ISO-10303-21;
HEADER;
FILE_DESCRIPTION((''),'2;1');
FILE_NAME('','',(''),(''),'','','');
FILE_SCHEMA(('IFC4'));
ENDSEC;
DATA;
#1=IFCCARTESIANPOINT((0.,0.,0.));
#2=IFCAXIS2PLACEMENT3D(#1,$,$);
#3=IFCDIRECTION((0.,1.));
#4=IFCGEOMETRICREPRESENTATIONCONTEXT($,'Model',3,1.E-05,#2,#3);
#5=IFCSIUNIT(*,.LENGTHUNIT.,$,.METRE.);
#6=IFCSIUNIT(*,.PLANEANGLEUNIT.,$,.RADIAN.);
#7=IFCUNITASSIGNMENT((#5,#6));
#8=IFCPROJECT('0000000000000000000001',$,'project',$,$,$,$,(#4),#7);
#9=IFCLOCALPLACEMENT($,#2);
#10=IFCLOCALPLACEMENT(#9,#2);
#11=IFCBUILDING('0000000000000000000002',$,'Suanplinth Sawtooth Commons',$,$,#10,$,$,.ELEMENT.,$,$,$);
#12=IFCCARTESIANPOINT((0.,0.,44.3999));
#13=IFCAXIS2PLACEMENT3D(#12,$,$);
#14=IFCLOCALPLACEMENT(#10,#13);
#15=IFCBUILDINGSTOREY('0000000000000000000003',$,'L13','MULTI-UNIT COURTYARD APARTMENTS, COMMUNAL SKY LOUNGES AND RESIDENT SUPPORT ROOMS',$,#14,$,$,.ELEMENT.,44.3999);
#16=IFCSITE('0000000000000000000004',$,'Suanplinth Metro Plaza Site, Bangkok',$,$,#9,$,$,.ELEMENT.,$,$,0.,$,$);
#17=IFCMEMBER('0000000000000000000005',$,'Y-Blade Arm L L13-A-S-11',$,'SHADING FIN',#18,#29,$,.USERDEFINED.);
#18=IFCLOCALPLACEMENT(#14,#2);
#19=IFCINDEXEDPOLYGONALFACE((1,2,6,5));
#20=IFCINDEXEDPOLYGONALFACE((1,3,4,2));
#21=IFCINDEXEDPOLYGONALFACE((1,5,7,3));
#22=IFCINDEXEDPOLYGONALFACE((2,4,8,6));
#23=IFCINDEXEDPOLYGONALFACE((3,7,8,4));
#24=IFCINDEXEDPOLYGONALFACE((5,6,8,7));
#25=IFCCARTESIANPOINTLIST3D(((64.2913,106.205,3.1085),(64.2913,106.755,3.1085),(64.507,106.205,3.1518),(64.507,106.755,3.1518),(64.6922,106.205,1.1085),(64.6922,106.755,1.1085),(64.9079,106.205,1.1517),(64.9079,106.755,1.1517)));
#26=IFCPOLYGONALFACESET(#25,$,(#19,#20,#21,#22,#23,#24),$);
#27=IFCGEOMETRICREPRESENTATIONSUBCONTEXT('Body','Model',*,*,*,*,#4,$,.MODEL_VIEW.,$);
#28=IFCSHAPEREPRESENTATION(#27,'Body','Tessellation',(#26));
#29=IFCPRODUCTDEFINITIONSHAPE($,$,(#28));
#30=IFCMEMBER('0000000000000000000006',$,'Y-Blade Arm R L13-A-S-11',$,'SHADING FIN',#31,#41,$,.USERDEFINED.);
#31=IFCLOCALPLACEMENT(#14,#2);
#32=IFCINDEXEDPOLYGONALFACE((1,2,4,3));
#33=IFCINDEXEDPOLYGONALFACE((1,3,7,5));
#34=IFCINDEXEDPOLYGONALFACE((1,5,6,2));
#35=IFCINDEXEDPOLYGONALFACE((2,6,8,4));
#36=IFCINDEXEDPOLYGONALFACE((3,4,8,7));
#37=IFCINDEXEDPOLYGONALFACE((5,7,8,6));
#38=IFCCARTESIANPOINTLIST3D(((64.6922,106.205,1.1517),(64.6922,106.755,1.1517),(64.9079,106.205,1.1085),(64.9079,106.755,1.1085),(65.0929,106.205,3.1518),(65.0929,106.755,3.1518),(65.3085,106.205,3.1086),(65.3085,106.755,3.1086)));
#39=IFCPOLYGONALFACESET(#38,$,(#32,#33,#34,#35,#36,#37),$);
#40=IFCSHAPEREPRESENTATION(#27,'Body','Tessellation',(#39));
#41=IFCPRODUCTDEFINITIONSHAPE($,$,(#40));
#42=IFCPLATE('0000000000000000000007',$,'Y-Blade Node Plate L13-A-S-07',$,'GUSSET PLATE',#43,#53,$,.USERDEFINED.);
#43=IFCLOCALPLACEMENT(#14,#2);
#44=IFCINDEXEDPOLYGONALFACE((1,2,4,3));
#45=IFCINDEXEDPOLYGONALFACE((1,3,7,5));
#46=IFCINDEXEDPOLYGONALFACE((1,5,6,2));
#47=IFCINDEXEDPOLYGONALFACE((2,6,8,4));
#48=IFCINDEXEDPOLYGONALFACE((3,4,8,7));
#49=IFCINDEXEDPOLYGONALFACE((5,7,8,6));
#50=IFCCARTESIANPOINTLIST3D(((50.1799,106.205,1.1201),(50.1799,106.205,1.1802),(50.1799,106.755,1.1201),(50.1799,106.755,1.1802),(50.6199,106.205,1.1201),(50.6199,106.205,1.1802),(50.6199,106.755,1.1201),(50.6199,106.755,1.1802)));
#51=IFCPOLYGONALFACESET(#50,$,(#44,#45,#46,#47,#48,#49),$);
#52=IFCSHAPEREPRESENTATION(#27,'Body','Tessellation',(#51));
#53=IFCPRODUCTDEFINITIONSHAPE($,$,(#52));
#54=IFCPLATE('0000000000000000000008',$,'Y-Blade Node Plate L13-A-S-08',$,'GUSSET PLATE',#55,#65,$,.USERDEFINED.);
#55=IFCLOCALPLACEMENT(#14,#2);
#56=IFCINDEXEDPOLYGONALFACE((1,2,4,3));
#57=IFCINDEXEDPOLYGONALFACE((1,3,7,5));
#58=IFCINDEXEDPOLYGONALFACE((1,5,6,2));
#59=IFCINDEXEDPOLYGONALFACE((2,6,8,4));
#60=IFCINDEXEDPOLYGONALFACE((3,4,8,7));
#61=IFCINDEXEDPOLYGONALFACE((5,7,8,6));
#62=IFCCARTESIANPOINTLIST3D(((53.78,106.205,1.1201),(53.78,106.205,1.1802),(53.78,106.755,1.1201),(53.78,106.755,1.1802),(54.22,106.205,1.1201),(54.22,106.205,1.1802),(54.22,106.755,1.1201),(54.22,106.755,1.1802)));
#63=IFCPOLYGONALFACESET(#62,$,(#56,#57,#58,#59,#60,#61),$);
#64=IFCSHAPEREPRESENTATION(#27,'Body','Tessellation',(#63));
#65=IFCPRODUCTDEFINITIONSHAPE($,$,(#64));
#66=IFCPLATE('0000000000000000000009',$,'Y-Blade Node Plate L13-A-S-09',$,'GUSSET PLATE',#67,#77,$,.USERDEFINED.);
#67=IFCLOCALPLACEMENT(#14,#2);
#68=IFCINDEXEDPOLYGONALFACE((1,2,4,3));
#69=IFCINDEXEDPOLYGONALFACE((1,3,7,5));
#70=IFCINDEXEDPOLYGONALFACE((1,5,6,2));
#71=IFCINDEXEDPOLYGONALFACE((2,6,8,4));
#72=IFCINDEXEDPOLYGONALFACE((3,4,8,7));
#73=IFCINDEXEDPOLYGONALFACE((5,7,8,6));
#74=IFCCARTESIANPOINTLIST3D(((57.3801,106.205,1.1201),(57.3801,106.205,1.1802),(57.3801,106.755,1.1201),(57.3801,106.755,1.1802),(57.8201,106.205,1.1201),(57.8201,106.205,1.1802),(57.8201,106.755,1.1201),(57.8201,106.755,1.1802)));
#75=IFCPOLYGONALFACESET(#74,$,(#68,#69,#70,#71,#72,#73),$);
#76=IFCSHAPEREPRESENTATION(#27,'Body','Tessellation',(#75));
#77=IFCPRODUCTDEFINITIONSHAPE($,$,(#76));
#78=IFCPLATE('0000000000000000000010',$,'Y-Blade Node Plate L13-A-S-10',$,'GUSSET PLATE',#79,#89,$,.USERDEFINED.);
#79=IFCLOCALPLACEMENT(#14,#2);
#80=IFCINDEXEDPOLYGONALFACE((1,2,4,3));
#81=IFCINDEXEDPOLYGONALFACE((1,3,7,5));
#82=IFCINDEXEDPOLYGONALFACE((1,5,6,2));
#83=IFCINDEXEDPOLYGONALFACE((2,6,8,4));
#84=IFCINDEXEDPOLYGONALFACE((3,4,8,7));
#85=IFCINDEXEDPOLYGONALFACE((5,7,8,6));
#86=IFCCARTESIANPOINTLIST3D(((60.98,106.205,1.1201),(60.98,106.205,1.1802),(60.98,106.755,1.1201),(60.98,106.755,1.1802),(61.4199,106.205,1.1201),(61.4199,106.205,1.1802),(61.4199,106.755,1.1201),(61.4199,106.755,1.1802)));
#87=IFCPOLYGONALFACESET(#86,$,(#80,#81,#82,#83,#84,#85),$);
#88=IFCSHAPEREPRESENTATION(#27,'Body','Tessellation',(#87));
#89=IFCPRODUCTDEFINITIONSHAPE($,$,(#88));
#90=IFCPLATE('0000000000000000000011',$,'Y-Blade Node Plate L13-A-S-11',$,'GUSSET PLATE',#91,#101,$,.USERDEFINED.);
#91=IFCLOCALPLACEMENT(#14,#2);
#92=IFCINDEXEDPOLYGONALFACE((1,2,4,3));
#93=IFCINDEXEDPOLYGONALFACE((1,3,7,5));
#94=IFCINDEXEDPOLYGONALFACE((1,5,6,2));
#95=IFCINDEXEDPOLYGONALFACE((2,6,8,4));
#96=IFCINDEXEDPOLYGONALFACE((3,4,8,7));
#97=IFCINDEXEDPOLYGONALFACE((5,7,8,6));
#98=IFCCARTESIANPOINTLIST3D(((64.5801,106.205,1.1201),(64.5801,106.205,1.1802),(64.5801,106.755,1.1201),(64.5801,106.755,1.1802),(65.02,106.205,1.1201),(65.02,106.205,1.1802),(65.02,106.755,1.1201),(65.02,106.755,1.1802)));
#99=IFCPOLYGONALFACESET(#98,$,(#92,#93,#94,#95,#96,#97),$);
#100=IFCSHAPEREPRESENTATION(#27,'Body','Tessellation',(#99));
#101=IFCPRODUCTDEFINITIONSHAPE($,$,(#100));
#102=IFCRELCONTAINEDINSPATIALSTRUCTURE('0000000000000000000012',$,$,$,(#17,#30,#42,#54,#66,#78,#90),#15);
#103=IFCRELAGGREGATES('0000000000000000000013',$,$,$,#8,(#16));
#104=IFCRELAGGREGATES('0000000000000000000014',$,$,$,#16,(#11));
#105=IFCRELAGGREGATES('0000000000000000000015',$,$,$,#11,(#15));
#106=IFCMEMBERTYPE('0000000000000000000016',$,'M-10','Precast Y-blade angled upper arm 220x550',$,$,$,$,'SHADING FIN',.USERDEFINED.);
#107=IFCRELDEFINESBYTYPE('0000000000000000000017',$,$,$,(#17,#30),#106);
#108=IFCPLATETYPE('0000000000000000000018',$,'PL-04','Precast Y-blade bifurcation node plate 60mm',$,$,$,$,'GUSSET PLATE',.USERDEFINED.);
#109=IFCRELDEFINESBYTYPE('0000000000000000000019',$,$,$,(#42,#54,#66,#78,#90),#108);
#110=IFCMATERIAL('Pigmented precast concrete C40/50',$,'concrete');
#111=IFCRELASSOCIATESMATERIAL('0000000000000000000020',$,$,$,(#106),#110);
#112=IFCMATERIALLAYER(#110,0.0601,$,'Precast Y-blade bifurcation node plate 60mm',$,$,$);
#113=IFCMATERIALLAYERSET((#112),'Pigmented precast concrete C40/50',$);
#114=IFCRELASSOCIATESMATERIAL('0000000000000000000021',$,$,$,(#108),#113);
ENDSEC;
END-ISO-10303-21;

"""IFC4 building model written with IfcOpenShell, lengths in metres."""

from ifc_helpers import new_model, si_unit, direction, frame, origin, origin_2d, place, context, subcontext, project, spatial, rectangle, extrude, material, layer, layer_set, material_profile, profile_set, type_object, element, save


model = new_model("IFC4")

# Units and contexts
model_context = context("Model", 3, precision=1e-05, world=origin(), true_north=direction((0.0, 1.0)))
body_context = subcontext(model_context, "Body", "Model", "MODEL_VIEW")
ifc_project = project(units=[si_unit("LENGTHUNIT", "METRE"), si_unit("PLANEANGLEUNIT", "RADIAN")], contexts=[model_context])

# Site, building, storey
site_placement = place(None, origin())
site = spatial("IfcSite", under=ifc_project, at=site_placement, Name="Suanplinth Metro Plaza Site, Bangkok", CompositionType="ELEMENT", RefElevation=0.0)
building_placement = place(site_placement, origin())
building = spatial("IfcBuilding", under=site, at=building_placement, Name="Suanplinth Sawtooth Commons", CompositionType="ELEMENT")
storey_placement = place(building_placement, frame((0.0, 0.0, 44.3999)))
storey = spatial("IfcBuildingStorey", under=building, at=storey_placement, Name="L13", Description="MULTI-UNIT COURTYARD APARTMENTS, COMMUNAL SKY LOUNGES AND RESIDENT SUPPORT ROOMS", CompositionType="ELEMENT", Elevation=44.3999)

# Members
ifc_material_1 = material(Name="Pigmented precast concrete C40/50", Category="concrete")
ifc_material_profile_1 = material_profile(ifc_material_1, rectangle(XDim=0.22, YDim=0.55, at=origin_2d()), Name="PC-FIN 220x550")
ifc_profile_set_1 = profile_set([ifc_material_profile_1], Name="Pigmented precast concrete C40/50")
member_type_1 = type_object("IfcMemberType", Name="M-10", Description="Precast Y-blade angled upper arm 220x550", ElementType="SHADING FIN", PredefinedType="USERDEFINED", material=ifc_profile_set_1)
for number, where, z_axis, x_axis, name in (
    (1, (64.8, 106.48, 1.1301), (-0.19653, 0.0, 0.980498), (0.980498, 0.0, 0.19653), "Y-Blade Arm L L13-A-S-11"),
    (2, (64.8, 106.48, 1.1301), (0.196415, 0.0, 0.980521), (-0.980521, 0.0, 0.196415), "Y-Blade Arm R L13-A-S-11"),
):
    element("IfcMember", number, at=place(storey_placement, frame(where, z_axis=z_axis, x_axis=x_axis)), inside=storey, type_object=member_type_1, Name=name, ObjectType="SHADING FIN", PredefinedType="USERDEFINED", context=body_context, shape_type="SweptSolid", body=[
        extrude(rectangle(XDim=0.22, YDim=0.55, at=origin_2d()), origin(), (0.0, 0.0, 1.0), 2.0398),
    ])

# Plates
ifc_layer_1 = layer(ifc_material_1, 0.0601, Name="Precast Y-blade bifurcation node plate 60mm")
ifc_layer_set_1 = layer_set([ifc_layer_1], Name="Pigmented precast concrete C40/50")
plate_type = type_object("IfcPlateType", Name="PL-04", Description="Precast Y-blade bifurcation node plate 60mm", ElementType="GUSSET PLATE", PredefinedType="USERDEFINED", material=ifc_layer_set_1)
for number, where, z_axis, x_axis, name in (
    (3, (50.3999, 106.48, 1.1201), (0.0, 0.0, 1.0), (1.0, 0.0, 0.0), "Y-Blade Node Plate L13-A-S-07"),
    (4, (54.0, 106.48, 1.1201), (0.0, 0.0, 1.0), (1.0, 0.0, 0.0), "Y-Blade Node Plate L13-A-S-08"),
    (5, (57.6001, 106.48, 1.1201), (0.0, 0.0, 1.0), (1.0, 0.0, 0.0), "Y-Blade Node Plate L13-A-S-09"),
    (6, (61.2, 106.48, 1.1201), (0.0, 0.0, 1.0), (1.0, 0.0, 0.0), "Y-Blade Node Plate L13-A-S-10"),
    (7, (64.8, 106.48, 1.1201), (0.0, 0.0, 1.0), (1.0, 0.0, 0.0), "Y-Blade Node Plate L13-A-S-11"),
):
    element("IfcPlate", number, at=place(storey_placement, frame(where, z_axis=z_axis, x_axis=x_axis)), inside=storey, type_object=plate_type, Name=name, ObjectType="GUSSET PLATE", PredefinedType="USERDEFINED", context=body_context, shape_type="SweptSolid", body=[
        extrude(rectangle(XDim=0.4399, YDim=0.55, at=origin_2d()), origin(), (0.0, 0.0, 1.0), 0.0601),
    ])

save(model, "model.ifc")
